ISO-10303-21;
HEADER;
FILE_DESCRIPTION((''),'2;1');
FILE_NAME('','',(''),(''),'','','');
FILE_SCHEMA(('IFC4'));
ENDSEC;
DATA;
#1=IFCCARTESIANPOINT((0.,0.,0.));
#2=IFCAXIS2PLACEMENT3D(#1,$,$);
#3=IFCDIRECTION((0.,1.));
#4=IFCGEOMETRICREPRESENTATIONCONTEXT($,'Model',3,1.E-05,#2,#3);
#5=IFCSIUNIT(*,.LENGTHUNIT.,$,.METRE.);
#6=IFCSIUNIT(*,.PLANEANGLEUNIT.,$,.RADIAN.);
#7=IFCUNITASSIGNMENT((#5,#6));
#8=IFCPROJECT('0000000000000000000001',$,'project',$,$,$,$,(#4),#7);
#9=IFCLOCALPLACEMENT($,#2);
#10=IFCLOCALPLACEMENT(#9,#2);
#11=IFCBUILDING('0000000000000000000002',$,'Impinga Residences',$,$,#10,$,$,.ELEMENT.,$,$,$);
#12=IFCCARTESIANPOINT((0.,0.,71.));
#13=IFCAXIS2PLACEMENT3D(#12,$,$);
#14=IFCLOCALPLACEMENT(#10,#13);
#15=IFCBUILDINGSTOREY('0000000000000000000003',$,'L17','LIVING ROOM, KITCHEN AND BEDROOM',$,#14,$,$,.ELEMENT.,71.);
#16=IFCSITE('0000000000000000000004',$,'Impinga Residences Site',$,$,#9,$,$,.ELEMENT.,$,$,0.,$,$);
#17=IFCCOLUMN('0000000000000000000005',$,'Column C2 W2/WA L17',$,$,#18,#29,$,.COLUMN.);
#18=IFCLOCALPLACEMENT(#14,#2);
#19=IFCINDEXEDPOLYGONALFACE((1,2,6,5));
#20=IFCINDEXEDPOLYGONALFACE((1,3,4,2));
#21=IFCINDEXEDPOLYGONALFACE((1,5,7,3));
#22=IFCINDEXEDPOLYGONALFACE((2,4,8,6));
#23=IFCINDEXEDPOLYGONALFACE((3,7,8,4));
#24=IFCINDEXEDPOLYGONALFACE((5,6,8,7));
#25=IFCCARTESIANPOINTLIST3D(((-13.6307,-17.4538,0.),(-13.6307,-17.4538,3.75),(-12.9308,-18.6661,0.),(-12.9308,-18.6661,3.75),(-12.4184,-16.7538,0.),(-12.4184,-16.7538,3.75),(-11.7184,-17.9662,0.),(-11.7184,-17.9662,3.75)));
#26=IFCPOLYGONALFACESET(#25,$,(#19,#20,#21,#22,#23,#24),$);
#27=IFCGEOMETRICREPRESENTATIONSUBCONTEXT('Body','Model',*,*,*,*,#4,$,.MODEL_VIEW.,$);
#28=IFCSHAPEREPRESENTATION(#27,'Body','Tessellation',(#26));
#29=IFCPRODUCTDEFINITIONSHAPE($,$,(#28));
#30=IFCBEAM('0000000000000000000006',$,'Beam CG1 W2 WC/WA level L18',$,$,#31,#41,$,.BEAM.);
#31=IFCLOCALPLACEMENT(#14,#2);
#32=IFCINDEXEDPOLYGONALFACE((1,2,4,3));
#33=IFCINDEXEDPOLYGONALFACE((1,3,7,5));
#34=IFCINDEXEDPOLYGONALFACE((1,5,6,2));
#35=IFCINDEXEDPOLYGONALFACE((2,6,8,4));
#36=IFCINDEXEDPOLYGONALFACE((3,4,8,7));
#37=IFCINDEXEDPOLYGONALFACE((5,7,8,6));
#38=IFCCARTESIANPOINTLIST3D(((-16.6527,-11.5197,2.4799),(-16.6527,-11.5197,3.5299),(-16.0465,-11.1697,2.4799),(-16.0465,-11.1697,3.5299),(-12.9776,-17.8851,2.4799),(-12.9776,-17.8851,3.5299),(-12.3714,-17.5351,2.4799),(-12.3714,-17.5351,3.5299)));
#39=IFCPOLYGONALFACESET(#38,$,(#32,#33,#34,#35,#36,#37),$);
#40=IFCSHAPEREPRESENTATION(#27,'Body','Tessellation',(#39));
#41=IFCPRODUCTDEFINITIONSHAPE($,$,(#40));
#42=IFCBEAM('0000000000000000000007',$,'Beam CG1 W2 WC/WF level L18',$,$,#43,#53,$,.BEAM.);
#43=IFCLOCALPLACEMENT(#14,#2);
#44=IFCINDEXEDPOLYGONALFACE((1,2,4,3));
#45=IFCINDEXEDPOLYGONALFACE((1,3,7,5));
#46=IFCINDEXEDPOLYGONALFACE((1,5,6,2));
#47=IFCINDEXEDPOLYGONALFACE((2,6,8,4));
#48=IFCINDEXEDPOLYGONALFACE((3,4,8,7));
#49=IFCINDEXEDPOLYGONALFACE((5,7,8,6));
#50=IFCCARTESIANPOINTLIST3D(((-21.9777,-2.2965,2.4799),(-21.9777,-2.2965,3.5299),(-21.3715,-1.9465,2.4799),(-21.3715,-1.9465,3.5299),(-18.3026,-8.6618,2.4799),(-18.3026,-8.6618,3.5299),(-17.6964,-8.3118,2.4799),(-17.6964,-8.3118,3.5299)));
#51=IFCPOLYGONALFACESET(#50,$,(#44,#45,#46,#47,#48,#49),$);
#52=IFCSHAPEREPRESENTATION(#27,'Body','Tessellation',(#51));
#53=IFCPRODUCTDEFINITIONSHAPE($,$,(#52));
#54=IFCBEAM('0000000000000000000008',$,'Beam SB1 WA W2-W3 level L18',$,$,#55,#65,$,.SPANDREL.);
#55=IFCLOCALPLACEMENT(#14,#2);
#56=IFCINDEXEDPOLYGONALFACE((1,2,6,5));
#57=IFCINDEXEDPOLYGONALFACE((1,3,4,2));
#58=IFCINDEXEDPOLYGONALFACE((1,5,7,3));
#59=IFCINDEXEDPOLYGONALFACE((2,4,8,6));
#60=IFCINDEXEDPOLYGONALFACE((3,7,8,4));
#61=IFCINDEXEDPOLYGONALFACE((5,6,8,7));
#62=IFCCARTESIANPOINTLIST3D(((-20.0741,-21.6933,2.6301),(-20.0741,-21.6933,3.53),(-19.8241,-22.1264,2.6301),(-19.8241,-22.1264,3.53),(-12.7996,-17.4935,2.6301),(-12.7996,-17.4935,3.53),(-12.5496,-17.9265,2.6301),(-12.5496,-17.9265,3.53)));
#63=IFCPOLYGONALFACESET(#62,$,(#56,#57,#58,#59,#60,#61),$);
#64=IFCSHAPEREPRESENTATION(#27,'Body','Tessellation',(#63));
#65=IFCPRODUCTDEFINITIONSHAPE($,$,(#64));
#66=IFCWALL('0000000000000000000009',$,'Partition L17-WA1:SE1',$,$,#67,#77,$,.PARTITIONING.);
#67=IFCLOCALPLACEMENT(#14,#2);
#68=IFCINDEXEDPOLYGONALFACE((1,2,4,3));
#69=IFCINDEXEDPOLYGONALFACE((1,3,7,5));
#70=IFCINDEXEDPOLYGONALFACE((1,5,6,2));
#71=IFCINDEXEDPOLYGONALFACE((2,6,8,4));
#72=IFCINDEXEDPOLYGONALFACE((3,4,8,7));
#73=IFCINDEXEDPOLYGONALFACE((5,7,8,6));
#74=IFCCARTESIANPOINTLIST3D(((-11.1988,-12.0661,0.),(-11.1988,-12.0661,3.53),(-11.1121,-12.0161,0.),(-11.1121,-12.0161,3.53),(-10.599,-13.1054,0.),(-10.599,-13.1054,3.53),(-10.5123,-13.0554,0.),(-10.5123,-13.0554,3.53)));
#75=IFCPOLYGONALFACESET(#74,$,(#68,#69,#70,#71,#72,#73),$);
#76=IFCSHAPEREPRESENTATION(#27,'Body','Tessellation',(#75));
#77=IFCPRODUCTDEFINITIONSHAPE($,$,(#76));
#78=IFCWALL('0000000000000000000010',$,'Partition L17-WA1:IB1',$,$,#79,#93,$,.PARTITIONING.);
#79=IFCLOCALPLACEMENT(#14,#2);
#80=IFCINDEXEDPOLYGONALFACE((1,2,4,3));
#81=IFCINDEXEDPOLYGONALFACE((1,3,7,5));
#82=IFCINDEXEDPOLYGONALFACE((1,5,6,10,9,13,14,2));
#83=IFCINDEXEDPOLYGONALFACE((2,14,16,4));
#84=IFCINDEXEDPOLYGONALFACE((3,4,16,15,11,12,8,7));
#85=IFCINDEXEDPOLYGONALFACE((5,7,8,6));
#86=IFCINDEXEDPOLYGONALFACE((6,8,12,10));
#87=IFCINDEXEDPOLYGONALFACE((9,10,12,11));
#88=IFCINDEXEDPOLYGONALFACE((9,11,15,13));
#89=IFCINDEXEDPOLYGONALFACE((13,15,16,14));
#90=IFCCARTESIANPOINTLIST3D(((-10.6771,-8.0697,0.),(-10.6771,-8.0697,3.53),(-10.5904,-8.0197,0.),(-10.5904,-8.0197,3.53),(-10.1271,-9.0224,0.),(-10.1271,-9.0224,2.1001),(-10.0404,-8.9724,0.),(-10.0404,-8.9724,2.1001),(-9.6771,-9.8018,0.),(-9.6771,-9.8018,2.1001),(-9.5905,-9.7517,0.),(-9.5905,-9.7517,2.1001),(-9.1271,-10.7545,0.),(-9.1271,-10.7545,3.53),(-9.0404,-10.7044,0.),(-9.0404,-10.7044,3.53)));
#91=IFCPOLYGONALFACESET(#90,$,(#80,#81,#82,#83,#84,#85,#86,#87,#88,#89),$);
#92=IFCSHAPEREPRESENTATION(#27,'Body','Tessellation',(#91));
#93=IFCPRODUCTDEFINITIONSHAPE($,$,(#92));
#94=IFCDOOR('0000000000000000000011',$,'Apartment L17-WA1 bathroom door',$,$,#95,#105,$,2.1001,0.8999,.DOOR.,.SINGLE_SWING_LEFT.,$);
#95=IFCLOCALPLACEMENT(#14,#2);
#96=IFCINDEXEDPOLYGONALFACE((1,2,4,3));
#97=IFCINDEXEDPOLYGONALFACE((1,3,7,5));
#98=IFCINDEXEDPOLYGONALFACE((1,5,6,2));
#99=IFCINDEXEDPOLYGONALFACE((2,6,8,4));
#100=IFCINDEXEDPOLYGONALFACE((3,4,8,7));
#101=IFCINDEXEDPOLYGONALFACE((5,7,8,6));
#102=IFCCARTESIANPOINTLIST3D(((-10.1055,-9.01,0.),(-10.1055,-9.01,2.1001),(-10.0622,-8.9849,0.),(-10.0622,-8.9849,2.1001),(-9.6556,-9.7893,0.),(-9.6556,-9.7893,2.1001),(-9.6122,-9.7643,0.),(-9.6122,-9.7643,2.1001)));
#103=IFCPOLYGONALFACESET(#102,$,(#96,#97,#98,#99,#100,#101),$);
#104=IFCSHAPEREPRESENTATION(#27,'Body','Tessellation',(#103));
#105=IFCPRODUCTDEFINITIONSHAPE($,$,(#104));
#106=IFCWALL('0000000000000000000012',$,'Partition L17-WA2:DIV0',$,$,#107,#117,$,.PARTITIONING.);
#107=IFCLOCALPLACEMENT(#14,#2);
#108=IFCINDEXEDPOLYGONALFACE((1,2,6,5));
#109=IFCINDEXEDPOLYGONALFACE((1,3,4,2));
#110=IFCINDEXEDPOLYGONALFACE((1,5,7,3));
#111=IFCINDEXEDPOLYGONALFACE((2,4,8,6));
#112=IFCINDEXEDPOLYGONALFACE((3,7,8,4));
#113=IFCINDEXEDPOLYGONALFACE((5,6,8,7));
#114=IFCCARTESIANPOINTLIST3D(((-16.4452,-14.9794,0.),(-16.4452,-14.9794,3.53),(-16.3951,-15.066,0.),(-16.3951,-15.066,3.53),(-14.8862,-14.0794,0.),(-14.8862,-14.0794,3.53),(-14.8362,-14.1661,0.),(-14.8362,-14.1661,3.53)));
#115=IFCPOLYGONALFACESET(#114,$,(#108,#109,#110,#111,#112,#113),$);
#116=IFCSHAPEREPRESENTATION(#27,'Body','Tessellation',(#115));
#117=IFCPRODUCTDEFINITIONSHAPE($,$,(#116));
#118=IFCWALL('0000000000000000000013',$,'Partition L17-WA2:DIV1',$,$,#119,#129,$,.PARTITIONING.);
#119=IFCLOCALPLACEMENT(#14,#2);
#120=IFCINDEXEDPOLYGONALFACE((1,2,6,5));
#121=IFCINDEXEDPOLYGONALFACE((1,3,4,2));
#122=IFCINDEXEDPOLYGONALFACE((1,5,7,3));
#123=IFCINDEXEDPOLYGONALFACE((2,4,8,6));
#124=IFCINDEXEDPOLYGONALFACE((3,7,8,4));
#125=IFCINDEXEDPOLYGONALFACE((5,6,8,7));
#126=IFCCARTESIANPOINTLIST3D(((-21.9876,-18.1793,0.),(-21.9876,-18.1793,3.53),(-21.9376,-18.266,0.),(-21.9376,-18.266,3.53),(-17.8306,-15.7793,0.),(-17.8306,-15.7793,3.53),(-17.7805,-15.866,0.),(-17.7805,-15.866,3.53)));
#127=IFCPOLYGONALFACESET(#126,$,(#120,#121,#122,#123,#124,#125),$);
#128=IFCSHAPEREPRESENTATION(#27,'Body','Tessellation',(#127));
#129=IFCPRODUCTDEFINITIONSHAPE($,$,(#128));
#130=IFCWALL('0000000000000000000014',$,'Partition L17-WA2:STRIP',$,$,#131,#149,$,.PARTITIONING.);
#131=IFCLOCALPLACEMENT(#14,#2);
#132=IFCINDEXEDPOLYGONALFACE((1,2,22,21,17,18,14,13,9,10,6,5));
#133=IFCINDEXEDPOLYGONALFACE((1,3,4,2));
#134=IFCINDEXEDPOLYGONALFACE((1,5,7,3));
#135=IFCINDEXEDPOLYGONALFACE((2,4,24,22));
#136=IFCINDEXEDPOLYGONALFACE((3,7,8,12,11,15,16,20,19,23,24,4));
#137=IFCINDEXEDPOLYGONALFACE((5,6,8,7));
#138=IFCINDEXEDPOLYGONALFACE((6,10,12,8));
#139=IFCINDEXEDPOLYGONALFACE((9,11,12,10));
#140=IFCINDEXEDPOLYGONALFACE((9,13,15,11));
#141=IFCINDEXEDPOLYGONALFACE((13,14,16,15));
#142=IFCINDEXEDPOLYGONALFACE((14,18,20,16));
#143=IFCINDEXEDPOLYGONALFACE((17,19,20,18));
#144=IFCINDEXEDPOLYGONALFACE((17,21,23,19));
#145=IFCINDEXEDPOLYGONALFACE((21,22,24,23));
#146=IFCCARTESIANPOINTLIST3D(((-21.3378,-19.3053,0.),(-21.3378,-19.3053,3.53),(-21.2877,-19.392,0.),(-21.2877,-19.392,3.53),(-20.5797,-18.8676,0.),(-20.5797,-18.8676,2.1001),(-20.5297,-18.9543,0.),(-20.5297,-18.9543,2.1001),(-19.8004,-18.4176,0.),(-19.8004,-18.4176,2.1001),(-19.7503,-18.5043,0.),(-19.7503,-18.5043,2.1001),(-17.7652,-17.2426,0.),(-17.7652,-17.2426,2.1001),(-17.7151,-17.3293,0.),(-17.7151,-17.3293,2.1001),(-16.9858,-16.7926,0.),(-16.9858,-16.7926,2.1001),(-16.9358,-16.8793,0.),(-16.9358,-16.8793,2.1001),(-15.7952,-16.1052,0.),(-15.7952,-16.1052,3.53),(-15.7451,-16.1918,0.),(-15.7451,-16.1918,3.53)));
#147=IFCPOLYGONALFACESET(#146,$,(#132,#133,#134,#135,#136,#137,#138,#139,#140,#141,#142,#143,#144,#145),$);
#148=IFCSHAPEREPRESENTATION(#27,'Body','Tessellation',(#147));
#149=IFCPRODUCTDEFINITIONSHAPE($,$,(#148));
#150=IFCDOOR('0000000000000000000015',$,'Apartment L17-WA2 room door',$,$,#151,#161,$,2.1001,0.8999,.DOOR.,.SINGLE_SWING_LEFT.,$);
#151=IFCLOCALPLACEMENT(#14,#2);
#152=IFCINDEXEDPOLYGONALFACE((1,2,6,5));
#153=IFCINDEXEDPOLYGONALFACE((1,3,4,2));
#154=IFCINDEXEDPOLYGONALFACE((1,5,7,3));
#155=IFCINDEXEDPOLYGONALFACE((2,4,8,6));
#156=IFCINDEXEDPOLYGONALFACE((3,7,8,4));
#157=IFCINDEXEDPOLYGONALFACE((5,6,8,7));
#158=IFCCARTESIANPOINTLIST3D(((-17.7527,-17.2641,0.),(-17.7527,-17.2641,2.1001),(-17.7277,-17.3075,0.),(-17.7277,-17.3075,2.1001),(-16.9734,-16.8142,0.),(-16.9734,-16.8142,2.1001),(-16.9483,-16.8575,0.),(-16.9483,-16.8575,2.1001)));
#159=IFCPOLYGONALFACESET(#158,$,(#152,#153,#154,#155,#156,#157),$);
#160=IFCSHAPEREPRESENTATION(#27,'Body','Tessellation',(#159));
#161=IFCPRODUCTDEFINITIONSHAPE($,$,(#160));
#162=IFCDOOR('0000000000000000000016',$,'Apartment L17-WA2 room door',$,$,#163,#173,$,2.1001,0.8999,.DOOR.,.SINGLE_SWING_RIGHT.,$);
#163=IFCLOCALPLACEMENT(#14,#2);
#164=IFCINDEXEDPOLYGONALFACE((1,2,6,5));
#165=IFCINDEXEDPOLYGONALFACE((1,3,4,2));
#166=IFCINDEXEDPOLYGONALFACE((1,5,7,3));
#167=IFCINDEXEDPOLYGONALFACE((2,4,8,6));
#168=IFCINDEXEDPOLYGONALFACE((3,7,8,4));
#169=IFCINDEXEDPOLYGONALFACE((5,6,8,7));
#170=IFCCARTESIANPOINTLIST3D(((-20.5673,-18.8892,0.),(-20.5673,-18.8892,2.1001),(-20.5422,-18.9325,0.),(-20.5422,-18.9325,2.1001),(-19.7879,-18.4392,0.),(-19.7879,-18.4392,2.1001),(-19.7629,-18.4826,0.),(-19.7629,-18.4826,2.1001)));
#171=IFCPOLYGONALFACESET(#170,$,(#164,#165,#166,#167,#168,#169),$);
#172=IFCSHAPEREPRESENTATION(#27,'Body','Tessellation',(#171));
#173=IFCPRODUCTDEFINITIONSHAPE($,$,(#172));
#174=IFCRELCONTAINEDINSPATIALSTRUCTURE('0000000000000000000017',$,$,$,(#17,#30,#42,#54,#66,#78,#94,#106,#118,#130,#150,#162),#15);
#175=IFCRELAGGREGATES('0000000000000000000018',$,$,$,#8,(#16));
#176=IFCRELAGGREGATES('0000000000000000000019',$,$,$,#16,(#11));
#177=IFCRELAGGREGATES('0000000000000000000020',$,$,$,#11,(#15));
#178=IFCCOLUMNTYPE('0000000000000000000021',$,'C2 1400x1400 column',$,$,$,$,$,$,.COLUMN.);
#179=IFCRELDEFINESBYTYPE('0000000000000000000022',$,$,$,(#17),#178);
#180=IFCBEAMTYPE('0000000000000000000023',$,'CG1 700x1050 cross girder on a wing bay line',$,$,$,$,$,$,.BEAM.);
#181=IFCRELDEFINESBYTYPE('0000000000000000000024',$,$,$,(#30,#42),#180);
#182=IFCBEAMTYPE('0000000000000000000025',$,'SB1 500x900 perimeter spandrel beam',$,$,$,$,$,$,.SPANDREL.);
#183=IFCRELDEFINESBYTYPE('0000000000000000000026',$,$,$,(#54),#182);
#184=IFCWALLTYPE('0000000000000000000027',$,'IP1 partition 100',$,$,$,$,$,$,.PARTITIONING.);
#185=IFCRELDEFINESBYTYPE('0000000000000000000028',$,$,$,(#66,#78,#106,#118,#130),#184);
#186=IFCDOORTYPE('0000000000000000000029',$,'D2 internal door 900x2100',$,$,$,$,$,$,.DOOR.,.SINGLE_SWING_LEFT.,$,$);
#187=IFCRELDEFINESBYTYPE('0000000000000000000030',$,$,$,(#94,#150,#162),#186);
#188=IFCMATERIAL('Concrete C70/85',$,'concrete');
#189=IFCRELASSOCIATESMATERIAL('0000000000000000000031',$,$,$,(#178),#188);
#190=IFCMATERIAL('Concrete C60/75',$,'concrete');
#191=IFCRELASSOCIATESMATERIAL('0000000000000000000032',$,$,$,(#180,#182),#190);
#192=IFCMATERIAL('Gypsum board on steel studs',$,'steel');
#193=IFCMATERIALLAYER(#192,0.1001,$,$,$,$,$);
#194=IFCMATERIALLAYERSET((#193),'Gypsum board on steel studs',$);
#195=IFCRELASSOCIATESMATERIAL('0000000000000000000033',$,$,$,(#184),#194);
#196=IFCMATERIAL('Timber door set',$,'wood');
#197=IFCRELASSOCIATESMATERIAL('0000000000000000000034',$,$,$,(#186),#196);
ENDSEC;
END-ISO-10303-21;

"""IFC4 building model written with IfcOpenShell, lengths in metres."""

from ifc_helpers import new_model, si_unit, direction, frame, frame_2d, origin, origin_2d, place, context, subcontext, project, spatial, rectangle, extrude, material, layer, layer_set, material_profile, profile_set, type_object, element, fill, save


model = new_model("IFC4")

# Units and contexts
model_context = context("Model", 3, precision=1e-05, world=origin(), true_north=direction((0.0, 1.0)))
body_context = subcontext(model_context, "Body", "Model", "MODEL_VIEW")
ifc_project = project(units=[si_unit("LENGTHUNIT", "METRE"), si_unit("PLANEANGLEUNIT", "RADIAN")], contexts=[model_context])

# Site, building, storey
site_placement = place(None, origin())
site = spatial("IfcSite", under=ifc_project, at=site_placement, Name="Impinga Residences Site", CompositionType="ELEMENT", RefElevation=0.0)
building_placement = place(site_placement, origin())
building = spatial("IfcBuilding", under=site, at=building_placement, Name="Impinga Residences", CompositionType="ELEMENT")
storey_placement = place(building_placement, frame((0.0, 0.0, 71.0)))
storey = spatial("IfcBuildingStorey", under=building, at=storey_placement, Name="L17", Description="LIVING ROOM, KITCHEN AND BEDROOM", CompositionType="ELEMENT", Elevation=71.0)

# Column
ifc_material_1 = material(Name="Concrete C70/85", Category="concrete")
ifc_material_profile_1 = material_profile(ifc_material_1, rectangle(XDim=1.3999, YDim=1.3999, at=origin_2d()), Name="RC 1400x1400")
ifc_profile_set_1 = profile_set([ifc_material_profile_1], Name="Concrete C70/85")
column_type = type_object("IfcColumnType", Name="C2 1400x1400 column", PredefinedType="COLUMN", material=ifc_profile_set_1)
column_placement = place(storey_placement, frame((-12.6746, -17.71, 0.0), z_axis=(0.0, 0.0, 1.0), x_axis=(-0.5, 0.866025, 0.0)))
element("IfcColumn", 1, at=column_placement, inside=storey, type_object=column_type, Name="Column C2 W2/WA L17", PredefinedType="COLUMN", context=body_context, shape_type="SweptSolid", body=[
    extrude(rectangle(XDim=1.3999, YDim=1.3999, at=origin_2d()), origin(), (0.0, 0.0, 1.0), 3.75),
])

# Beams
ifc_material_2 = material(Name="Concrete C60/75", Category="concrete")
ifc_material_profile_2 = material_profile(ifc_material_2, rectangle(XDim=0.7, YDim=1.05, at=origin_2d()), Name="RC 700x1050")
ifc_profile_set_2 = profile_set([ifc_material_profile_2], Name="Concrete C60/75")
beam_type_1 = type_object("IfcBeamType", Name="CG1 700x1050 cross girder on a wing bay line", PredefinedType="BEAM", material=ifc_profile_set_2)
for number, where, z_axis, x_axis, name in (
    (2, (-16.3496, -11.3447, 3.0049), (0.500008, -0.866021, 0.0), (0.866021, 0.500008, 0.0), "Beam CG1 W2 WC/WA level L18"),
    (3, (-17.9995, -8.4868, 3.0049), (-0.500008, 0.866021, 0.0), (-0.866021, -0.500008, 0.0), "Beam CG1 W2 WC/WF level L18"),
):
    element("IfcBeam", number, at=place(storey_placement, frame(where, z_axis=z_axis, x_axis=x_axis)), inside=storey, type_object=beam_type_1, Name=name, PredefinedType="BEAM", context=body_context, shape_type="SweptSolid", body=[
        extrude(rectangle(XDim=0.7, YDim=1.05, at=origin_2d()), origin(), (0.0, 0.0, 1.0), 7.3501),
    ])
ifc_material_profile_3 = material_profile(ifc_material_2, rectangle(XDim=0.5, YDim=0.8999, at=origin_2d()), Name="RC 500x900")
ifc_profile_set_3 = profile_set([ifc_material_profile_3], Name="Concrete C60/75")
beam_type_2 = type_object("IfcBeamType", Name="SB1 500x900 perimeter spandrel beam", PredefinedType="SPANDREL", material=ifc_profile_set_3)
beam_placement = place(storey_placement, frame((-12.6746, -17.71, 3.0801), z_axis=(-0.866029, -0.499993, 0.0), x_axis=(0.499993, -0.866029, 0.0)))
element("IfcBeam", 4, at=beam_placement, inside=storey, type_object=beam_type_2, Name="Beam SB1 WA W2-W3 level L18", PredefinedType="SPANDREL", context=body_context, shape_type="SweptSolid", body=[
    extrude(rectangle(XDim=0.5, YDim=0.8999, at=origin_2d()), origin(), (0.0, 0.0, 1.0), 8.3999),
])

# Wall
ifc_material_3 = material(Name="Gypsum board on steel studs", Category="steel")
ifc_layer_1 = layer(ifc_material_3, 0.1001)
ifc_layer_set_1 = layer_set([ifc_layer_1], Name="Gypsum board on steel studs")
wall_type_1 = type_object("IfcWallType", Name="IP1 partition 100", PredefinedType="PARTITIONING", material=ifc_layer_set_1)
wall_1_placement = place(storey_placement, frame((-11.1555, -12.041, 0.0), z_axis=(0.0, 0.0, 1.0), x_axis=(0.499881, -0.866094, 0.0)))
element("IfcWall", 5, at=wall_1_placement, inside=storey, type_object=wall_type_1, Name="Partition L17-WA1:SE1", PredefinedType="PARTITIONING", context=body_context, shape_type="SweptSolid", body=[
    extrude(rectangle(XDim=1.2, YDim=0.1001, at=frame_2d((0.6001, 0.0))), origin(), (0.0, 0.0, 1.0), 3.53),
])

# Wall, opening, door
wall_2_placement = place(storey_placement, frame((-10.6338, -8.0447, 0.0), z_axis=(0.0, 0.0, 1.0), x_axis=(0.499993, -0.86603, 0.0)))
wall_2 = element("IfcWall", 6, at=wall_2_placement, inside=storey, type_object=wall_type_1, Name="Partition L17-WA1:IB1", PredefinedType="PARTITIONING", context=body_context, shape_type="SweptSolid", body=[
    extrude(rectangle(XDim=3.1001, YDim=0.1001, at=frame_2d((1.55, 0.0))), origin(), (0.0, 0.0, 1.0), 3.53),
])
opening_1_placement = place(wall_2_placement, frame((1.1001, 0.0, 0.0)))
opening_1 = element("IfcOpeningElement", 7, at=opening_1_placement, cuts=wall_2, PredefinedType="OPENING", context=body_context, shape_type="SweptSolid", body=[
    extrude(rectangle(XDim=0.8999, YDim=2.1001, at=frame_2d((0.45, 1.05))), frame((0.0, 0.0601, 0.0), z_axis=(0.0, -1.0, 0.0), x_axis=(1.0, 0.0, 0.0)), (0.0, 0.0, 1.0), 0.1201),
])
ifc_material_4 = material(Name="Timber door set", Category="wood")
door_type = type_object("IfcDoorType", Name="D2 internal door 900x2100", OperationType="SINGLE_SWING_LEFT", PredefinedType="DOOR", material=ifc_material_4)
door_1_placement = place(opening_1_placement, origin())
door_1 = element("IfcDoor", 8, at=door_1_placement, inside=storey, type_object=door_type, Name="Apartment L17-WA1 bathroom door", OperationType="SINGLE_SWING_LEFT", OverallHeight=2.1001, OverallWidth=0.8999, PredefinedType="DOOR", context=body_context, shape_type="SweptSolid", body=[
    extrude(rectangle(XDim=0.8999, YDim=2.1001, at=frame_2d((0.45, 1.05))), frame((0.0, 0.0249, 0.0), z_axis=(0.0, -1.0, 0.0), x_axis=(1.0, 0.0, 0.0)), (0.0, 0.0, 1.0), 0.05),
])
fill(opening_1, door_1)

# Walls
wall_3_placement = place(storey_placement, frame((-14.8613, -14.1228, 0.0), z_axis=(0.0, 0.0, 1.0), x_axis=(-0.866048, -0.499961, 0.0)))
element("IfcWall", 9, at=wall_3_placement, inside=storey, type_object=wall_type_1, Name="Partition L17-WA2:DIV0", PredefinedType="PARTITIONING", context=body_context, shape_type="SweptSolid", body=[
    extrude(rectangle(XDim=1.8, YDim=0.1001, at=frame_2d((0.8999, 0.0))), origin(), (0.0, 0.0, 1.0), 3.53),
])
wall_4_placement = place(storey_placement, frame((-17.8057, -15.8228, 0.0), z_axis=(0.0, 0.0, 1.0), x_axis=(-0.866037, -0.499979, 0.0)))
element("IfcWall", 10, at=wall_4_placement, inside=storey, type_object=wall_type_1, Name="Partition L17-WA2:DIV1", PredefinedType="PARTITIONING", context=body_context, shape_type="SweptSolid", body=[
    extrude(rectangle(XDim=4.8, YDim=0.1001, at=frame_2d((2.3999, 0.0))), origin(), (0.0, 0.0, 1.0), 3.53),
])

# Wall, openings, doors
wall_5_placement = place(storey_placement, frame((-15.77, -16.1484, 0.0), z_axis=(0.0, 0.0, 1.0), x_axis=(-0.866019, -0.500012, 0.0)))
wall_5 = element("IfcWall", 11, at=wall_5_placement, inside=storey, type_object=wall_type_1, Name="Partition L17-WA2:STRIP", PredefinedType="PARTITIONING", context=body_context, shape_type="SweptSolid", body=[
    extrude(rectangle(XDim=6.4001, YDim=0.1001, at=frame_2d((3.2002, 0.0))), origin(), (0.0, 0.0, 1.0), 3.53),
])
opening_2_placement = place(wall_5_placement, frame((1.375, 0.0, 0.0)))
opening_2 = element("IfcOpeningElement", 12, at=opening_2_placement, cuts=wall_5, PredefinedType="OPENING", context=body_context, shape_type="SweptSolid", body=[
    extrude(rectangle(XDim=0.8999, YDim=2.1001, at=frame_2d((0.45, 1.05))), frame((0.0, 0.0601, 0.0), z_axis=(0.0, -1.0, 0.0), x_axis=(1.0, 0.0, 0.0)), (0.0, 0.0, 1.0), 0.1201),
])
opening_3_placement = place(wall_5_placement, frame((4.625, 0.0, 0.0)))
opening_3 = element("IfcOpeningElement", 13, at=opening_3_placement, cuts=wall_5, PredefinedType="OPENING", context=body_context, shape_type="SweptSolid", body=[
    extrude(rectangle(XDim=0.8999, YDim=2.1001, at=frame_2d((0.45, 1.05))), frame((0.0, 0.0601, 0.0), z_axis=(0.0, -1.0, 0.0), x_axis=(1.0, 0.0, 0.0)), (0.0, 0.0, 1.0), 0.1201),
])
door_2_placement = place(opening_2_placement, origin())
door_2 = element("IfcDoor", 14, at=door_2_placement, inside=storey, type_object=door_type, Name="Apartment L17-WA2 room door", OperationType="SINGLE_SWING_LEFT", OverallHeight=2.1001, OverallWidth=0.8999, PredefinedType="DOOR", context=body_context, shape_type="SweptSolid", body=[
    extrude(rectangle(XDim=0.8999, YDim=2.1001, at=frame_2d((0.45, 1.05))), frame((0.0, 0.0249, 0.0), z_axis=(0.0, -1.0, 0.0), x_axis=(1.0, 0.0, 0.0)), (0.0, 0.0, 1.0), 0.05),
])
fill(opening_2, door_2)
door_3_placement = place(opening_3_placement, origin())
door_3 = element("IfcDoor", 15, at=door_3_placement, inside=storey, type_object=door_type, Name="Apartment L17-WA2 room door", OperationType="SINGLE_SWING_RIGHT", OverallHeight=2.1001, OverallWidth=0.8999, PredefinedType="DOOR", context=body_context, shape_type="SweptSolid", body=[
    extrude(rectangle(XDim=0.8999, YDim=2.1001, at=frame_2d((0.45, 1.05))), frame((0.0, 0.0249, 0.0), z_axis=(0.0, -1.0, 0.0), x_axis=(1.0, 0.0, 0.0)), (0.0, 0.0, 1.0), 0.05),
])
fill(opening_3, door_3)

save(model, "model.ifc")
